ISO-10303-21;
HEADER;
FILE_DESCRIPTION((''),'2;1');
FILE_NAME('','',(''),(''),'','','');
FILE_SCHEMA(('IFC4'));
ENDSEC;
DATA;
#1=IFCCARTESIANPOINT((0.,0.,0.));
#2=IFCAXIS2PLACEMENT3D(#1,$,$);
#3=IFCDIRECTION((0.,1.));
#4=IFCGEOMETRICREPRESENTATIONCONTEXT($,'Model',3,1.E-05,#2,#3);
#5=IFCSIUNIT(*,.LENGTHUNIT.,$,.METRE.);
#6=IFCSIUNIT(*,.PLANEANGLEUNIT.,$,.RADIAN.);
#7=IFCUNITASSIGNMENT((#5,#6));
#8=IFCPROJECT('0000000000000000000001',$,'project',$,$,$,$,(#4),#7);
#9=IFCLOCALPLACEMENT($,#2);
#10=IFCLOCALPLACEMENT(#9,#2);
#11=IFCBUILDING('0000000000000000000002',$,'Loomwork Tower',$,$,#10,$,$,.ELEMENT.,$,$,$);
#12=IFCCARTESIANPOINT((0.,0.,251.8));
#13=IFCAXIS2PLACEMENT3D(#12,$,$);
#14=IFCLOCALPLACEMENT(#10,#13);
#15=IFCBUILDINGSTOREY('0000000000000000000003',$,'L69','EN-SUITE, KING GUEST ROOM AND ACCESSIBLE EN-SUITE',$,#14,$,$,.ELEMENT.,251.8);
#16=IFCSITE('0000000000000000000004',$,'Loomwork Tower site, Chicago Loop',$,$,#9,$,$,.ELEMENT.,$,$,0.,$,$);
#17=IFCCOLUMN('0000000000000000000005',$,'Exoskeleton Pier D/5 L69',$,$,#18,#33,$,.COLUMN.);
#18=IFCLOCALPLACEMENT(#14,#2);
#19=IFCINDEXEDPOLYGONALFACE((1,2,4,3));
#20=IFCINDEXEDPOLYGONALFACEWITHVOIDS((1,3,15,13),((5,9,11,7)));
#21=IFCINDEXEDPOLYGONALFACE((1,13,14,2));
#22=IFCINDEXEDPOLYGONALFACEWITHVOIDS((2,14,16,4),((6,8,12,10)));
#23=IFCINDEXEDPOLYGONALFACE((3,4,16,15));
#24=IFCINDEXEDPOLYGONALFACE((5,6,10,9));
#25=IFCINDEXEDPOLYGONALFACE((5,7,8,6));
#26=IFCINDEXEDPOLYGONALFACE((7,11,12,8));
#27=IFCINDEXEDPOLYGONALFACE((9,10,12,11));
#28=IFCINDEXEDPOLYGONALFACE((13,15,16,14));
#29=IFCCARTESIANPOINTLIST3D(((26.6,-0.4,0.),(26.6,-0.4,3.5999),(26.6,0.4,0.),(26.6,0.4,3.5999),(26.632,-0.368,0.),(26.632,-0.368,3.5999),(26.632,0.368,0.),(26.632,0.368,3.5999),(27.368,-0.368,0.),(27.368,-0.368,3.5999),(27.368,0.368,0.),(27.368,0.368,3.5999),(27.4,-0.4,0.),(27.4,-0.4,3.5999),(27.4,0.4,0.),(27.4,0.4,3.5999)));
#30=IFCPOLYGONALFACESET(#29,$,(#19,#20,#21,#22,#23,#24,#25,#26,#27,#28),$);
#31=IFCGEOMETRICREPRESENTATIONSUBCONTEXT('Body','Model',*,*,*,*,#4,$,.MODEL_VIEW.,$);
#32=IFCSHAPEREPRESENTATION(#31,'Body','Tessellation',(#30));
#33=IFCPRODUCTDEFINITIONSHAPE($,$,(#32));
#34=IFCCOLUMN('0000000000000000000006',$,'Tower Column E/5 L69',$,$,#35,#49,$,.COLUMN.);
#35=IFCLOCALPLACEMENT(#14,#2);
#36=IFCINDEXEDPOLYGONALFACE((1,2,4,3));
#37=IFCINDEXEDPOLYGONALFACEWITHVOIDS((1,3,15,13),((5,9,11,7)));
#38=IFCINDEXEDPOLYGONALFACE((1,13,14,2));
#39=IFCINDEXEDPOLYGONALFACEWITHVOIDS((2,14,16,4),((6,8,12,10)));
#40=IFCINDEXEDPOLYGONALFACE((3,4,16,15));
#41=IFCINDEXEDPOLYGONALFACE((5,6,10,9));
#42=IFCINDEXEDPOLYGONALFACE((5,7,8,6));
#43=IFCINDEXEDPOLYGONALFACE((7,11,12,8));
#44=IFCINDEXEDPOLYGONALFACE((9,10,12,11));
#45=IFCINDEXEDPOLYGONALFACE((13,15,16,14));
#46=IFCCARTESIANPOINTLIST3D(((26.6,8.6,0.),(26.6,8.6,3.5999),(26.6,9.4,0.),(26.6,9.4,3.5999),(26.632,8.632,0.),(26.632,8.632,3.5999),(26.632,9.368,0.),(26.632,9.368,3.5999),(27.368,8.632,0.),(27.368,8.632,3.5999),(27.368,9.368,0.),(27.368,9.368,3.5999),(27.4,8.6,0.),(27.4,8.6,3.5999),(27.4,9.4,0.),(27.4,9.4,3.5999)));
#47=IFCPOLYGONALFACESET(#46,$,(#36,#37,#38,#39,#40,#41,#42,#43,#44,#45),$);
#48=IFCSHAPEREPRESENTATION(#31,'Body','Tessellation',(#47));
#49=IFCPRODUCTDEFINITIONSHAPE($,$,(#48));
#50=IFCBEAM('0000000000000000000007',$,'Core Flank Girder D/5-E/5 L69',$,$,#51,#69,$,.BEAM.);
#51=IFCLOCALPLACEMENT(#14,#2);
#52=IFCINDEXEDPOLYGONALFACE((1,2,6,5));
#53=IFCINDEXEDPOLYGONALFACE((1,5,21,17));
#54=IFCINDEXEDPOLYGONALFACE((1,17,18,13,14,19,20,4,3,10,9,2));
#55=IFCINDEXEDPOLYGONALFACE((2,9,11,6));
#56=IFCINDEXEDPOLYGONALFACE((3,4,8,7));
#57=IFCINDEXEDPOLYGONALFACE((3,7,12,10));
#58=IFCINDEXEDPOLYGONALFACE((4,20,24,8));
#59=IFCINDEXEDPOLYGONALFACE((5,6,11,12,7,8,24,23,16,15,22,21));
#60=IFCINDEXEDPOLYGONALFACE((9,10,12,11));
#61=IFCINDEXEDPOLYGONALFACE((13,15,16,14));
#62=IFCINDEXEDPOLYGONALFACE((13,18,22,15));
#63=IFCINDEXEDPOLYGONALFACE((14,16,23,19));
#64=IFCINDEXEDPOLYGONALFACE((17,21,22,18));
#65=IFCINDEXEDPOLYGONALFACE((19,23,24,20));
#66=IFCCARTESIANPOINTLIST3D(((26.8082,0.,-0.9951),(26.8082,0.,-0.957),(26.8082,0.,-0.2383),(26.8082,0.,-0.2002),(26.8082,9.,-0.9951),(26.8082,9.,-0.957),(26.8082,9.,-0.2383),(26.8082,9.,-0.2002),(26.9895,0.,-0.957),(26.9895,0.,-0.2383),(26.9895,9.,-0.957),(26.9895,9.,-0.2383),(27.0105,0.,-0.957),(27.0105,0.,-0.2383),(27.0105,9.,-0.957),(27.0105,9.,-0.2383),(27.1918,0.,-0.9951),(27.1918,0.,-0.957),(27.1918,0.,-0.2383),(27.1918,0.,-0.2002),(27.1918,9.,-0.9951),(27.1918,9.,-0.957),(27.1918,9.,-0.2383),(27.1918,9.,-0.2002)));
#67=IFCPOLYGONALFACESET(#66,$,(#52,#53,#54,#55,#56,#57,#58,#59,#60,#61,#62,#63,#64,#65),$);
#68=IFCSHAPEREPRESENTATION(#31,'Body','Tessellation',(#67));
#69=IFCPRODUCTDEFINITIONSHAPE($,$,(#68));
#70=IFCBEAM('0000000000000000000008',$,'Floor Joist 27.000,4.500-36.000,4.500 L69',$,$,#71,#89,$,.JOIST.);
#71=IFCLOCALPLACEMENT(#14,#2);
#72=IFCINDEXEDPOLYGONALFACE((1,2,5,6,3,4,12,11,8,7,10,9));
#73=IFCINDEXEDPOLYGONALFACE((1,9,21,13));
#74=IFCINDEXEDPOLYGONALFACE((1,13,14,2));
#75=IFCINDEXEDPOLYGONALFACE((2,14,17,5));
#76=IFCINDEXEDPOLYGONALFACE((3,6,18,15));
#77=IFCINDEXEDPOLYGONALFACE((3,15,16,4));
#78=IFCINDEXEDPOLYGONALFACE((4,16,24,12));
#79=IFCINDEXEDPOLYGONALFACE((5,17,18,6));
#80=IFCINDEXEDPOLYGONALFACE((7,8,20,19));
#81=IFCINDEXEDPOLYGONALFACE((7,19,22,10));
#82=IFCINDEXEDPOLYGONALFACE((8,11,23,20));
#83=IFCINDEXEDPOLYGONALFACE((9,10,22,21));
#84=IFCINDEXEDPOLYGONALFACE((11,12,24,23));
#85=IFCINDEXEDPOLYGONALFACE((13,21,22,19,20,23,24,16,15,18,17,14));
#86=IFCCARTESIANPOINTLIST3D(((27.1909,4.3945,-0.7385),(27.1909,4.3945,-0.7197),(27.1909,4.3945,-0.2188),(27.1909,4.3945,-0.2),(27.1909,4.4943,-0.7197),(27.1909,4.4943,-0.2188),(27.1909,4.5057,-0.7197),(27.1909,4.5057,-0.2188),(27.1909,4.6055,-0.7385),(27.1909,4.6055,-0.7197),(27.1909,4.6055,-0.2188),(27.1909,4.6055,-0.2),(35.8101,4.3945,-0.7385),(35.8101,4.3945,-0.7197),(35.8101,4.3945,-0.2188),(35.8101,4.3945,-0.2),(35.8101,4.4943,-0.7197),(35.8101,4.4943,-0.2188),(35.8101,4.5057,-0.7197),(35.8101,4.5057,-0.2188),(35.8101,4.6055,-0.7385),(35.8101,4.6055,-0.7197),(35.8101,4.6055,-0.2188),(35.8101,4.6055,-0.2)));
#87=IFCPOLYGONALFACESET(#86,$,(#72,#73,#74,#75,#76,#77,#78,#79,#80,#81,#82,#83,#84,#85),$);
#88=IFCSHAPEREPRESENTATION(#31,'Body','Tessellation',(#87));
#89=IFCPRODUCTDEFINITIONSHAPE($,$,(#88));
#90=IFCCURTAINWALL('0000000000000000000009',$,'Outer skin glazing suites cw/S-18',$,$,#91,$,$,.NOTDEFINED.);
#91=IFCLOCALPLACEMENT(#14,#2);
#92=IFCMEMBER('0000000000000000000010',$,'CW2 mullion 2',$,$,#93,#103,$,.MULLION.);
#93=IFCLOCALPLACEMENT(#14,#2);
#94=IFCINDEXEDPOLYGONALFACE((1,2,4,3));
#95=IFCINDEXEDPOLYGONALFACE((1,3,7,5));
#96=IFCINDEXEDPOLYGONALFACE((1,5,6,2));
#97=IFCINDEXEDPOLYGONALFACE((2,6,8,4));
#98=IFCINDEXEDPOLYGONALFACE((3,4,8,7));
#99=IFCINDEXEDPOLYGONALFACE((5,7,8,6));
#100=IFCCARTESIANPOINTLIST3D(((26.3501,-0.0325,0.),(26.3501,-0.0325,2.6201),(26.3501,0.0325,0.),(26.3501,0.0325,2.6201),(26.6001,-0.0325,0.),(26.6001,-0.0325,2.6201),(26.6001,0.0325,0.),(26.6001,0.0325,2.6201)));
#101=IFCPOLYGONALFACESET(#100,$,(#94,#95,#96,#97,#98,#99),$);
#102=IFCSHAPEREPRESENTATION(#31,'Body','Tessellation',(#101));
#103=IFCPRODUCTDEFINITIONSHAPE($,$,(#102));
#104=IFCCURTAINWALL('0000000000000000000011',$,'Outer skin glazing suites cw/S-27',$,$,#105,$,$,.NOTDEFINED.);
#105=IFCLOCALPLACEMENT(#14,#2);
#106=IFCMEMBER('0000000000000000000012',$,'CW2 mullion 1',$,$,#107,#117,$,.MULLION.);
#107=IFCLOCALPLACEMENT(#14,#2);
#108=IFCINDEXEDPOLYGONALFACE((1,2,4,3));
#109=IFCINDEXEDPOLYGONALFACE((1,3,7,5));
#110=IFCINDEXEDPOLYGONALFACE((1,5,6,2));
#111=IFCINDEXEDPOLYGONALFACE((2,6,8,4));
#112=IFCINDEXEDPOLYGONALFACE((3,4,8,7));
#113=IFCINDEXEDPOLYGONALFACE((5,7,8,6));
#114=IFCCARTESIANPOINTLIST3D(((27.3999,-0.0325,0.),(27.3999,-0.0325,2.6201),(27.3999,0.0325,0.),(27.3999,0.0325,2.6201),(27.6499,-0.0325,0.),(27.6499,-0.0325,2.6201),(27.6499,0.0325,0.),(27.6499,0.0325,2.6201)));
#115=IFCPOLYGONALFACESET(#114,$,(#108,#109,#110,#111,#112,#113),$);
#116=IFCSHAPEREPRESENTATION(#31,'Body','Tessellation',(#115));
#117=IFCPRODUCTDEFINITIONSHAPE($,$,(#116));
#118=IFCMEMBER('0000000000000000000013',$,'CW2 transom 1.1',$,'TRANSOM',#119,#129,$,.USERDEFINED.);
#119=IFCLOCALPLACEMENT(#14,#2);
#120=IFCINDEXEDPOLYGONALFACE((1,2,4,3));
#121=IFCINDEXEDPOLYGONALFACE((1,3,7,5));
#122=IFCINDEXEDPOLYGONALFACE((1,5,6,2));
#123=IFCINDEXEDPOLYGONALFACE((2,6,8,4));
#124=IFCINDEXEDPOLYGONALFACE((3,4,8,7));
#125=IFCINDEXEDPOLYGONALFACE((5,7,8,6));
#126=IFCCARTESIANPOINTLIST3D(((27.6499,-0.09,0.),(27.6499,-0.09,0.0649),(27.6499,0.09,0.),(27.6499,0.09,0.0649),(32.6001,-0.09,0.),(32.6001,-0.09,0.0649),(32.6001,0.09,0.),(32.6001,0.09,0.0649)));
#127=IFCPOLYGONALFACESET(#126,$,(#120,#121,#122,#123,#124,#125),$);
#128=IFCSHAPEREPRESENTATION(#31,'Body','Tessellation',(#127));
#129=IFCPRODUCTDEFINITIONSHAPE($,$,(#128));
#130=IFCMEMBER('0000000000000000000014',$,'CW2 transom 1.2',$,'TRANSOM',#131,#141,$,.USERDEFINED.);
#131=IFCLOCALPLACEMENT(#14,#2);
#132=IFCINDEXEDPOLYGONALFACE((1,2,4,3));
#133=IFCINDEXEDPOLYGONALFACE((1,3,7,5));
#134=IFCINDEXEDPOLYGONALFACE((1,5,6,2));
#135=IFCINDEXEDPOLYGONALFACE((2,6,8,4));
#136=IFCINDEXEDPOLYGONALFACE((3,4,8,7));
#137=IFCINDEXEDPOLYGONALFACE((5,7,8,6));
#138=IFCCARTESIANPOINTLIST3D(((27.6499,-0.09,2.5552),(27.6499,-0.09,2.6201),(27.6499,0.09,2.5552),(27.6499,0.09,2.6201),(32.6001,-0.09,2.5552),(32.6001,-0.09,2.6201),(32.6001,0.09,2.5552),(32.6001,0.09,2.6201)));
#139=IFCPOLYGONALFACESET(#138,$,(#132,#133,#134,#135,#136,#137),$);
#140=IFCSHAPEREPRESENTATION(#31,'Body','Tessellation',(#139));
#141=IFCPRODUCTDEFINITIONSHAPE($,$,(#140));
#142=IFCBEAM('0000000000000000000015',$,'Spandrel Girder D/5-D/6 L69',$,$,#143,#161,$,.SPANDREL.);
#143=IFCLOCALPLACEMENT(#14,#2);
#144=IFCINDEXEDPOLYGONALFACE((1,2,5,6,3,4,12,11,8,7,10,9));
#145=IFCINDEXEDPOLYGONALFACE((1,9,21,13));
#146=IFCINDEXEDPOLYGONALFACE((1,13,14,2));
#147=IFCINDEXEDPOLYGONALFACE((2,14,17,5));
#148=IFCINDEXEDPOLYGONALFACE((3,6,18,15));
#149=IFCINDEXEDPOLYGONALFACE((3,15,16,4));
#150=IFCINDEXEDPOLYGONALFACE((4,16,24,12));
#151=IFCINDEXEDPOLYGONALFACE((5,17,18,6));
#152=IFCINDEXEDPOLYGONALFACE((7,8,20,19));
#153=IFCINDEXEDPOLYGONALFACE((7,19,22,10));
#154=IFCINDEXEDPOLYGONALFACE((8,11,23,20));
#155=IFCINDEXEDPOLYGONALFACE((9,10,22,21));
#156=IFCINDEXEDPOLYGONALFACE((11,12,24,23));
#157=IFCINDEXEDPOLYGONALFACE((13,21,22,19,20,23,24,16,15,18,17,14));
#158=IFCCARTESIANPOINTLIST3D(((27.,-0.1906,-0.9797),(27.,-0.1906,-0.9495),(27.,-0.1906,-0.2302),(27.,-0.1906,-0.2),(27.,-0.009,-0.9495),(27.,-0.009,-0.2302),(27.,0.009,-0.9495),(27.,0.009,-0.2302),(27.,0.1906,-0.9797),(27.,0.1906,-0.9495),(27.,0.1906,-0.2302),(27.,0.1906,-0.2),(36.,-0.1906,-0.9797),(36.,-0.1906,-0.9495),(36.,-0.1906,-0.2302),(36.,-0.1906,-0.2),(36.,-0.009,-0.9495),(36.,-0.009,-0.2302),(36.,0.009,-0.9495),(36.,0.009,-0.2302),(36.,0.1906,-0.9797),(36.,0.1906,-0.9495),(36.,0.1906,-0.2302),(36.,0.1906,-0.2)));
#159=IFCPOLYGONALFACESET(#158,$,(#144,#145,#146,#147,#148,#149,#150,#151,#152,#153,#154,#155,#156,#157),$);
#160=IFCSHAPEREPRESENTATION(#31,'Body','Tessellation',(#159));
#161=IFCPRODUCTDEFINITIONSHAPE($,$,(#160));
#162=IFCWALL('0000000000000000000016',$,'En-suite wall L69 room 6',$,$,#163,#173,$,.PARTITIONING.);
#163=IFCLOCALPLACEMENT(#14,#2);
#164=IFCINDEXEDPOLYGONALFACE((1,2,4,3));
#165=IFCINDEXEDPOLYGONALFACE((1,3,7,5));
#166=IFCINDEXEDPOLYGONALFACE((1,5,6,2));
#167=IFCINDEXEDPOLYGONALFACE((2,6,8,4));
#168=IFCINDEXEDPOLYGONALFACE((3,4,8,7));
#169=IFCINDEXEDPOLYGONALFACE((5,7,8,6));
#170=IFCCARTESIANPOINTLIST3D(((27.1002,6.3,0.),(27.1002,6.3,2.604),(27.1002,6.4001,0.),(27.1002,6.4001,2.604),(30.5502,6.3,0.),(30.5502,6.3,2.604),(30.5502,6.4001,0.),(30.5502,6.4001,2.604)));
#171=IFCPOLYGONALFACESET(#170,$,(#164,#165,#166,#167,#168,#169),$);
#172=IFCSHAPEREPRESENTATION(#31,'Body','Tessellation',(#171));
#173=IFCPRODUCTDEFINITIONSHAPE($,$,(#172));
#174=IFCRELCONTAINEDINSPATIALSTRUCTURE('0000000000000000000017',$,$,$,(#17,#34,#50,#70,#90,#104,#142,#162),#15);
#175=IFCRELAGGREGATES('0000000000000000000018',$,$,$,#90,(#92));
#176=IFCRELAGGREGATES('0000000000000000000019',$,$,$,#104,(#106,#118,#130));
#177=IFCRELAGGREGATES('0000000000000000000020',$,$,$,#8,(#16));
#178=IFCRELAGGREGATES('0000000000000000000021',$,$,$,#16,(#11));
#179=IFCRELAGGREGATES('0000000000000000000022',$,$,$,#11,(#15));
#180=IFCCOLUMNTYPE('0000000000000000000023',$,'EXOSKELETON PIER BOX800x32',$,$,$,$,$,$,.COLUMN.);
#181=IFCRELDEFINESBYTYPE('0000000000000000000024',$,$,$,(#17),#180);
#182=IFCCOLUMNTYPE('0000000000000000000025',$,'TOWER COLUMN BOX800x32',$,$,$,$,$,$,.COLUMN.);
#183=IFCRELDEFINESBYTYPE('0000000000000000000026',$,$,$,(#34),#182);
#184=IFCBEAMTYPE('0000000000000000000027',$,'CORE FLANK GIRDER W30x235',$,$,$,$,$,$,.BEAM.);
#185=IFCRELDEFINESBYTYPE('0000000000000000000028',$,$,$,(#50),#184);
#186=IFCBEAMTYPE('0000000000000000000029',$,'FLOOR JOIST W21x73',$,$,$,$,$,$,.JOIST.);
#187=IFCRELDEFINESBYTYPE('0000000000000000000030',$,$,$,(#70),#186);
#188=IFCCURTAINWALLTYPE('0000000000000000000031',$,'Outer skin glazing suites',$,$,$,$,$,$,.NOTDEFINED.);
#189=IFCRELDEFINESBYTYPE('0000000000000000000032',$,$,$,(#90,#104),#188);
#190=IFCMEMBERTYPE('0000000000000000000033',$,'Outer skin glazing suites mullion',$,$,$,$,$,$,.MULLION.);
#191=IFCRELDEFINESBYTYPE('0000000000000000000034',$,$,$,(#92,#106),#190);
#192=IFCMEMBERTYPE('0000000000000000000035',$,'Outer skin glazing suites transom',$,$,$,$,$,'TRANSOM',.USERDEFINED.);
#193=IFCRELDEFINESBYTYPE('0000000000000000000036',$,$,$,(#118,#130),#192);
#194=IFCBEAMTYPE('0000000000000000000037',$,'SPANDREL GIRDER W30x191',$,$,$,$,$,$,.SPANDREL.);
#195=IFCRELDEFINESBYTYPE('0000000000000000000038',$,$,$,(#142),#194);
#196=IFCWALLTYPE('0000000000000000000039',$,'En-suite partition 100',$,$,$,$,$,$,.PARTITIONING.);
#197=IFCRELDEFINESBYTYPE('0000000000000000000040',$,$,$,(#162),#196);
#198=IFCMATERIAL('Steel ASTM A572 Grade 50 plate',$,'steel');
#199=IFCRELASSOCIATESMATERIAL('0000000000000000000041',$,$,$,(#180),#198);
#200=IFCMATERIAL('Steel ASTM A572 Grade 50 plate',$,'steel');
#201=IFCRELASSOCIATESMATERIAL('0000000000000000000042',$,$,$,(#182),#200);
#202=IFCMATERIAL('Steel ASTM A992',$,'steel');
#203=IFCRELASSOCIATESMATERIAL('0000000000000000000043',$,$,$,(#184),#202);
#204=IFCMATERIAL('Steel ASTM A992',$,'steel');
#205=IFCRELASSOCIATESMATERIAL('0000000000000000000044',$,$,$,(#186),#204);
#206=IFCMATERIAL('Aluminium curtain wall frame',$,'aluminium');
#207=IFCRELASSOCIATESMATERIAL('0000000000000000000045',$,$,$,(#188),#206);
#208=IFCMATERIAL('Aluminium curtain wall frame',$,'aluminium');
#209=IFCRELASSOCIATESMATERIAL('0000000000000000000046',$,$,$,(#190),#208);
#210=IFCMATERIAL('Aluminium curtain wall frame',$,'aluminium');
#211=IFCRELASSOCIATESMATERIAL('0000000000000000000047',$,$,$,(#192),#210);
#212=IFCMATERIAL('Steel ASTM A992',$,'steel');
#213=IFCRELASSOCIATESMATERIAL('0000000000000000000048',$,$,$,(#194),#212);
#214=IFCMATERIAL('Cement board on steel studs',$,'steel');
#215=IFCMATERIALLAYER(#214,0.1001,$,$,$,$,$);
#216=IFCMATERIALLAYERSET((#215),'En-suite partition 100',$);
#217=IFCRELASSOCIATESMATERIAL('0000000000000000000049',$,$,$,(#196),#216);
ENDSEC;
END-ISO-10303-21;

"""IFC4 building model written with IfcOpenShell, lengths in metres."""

from ifc_helpers import new_model, si_unit, direction, frame, frame_2d, origin, origin_2d, place, context, subcontext, project, spatial, rectangle, hollow_rectangle, i_section, extrude, material, layer, layer_set, material_profile, profile_set, type_object, element, aggregate, save


model = new_model("IFC4")

# Units and contexts
model_context = context("Model", 3, precision=1e-05, world=origin(), true_north=direction((0.0, 1.0)))
body_context = subcontext(model_context, "Body", "Model", "MODEL_VIEW")
ifc_project = project(units=[si_unit("LENGTHUNIT", "METRE"), si_unit("PLANEANGLEUNIT", "RADIAN")], contexts=[model_context])

# Site, building, storey
site_placement = place(None, origin())
site = spatial("IfcSite", under=ifc_project, at=site_placement, Name="Loomwork Tower site, Chicago Loop", CompositionType="ELEMENT", RefElevation=0.0)
building_placement = place(site_placement, origin())
building = spatial("IfcBuilding", under=site, at=building_placement, Name="Loomwork Tower", CompositionType="ELEMENT")
storey_placement = place(building_placement, frame((0.0, 0.0, 251.8)))
storey = spatial("IfcBuildingStorey", under=building, at=storey_placement, Name="L69", Description="EN-SUITE, KING GUEST ROOM AND ACCESSIBLE EN-SUITE", CompositionType="ELEMENT", Elevation=251.8)

# Columns
ifc_material_1 = material(Name="Steel ASTM A572 Grade 50 plate", Category="steel")
ifc_material_profile_1 = material_profile(ifc_material_1, hollow_rectangle(XDim=0.8, YDim=0.8, WallThickness=0.032, at=origin_2d()), Name="BOX800x32")
ifc_profile_set_1 = profile_set([ifc_material_profile_1], Name="Steel ASTM A572 Grade 50 plate")
column_type_1 = type_object("IfcColumnType", Name="EXOSKELETON PIER BOX800x32", PredefinedType="COLUMN", material=ifc_profile_set_1)
column_1_placement = place(storey_placement, frame((27.0, 0.0, 0.0), z_axis=(0.0, 0.0, 1.0), x_axis=(1.0, 0.0, 0.0)))
element("IfcColumn", 1, at=column_1_placement, inside=storey, type_object=column_type_1, Name="Exoskeleton Pier D/5 L69", PredefinedType="COLUMN", context=body_context, shape_type="SweptSolid", body=[
    extrude(hollow_rectangle(XDim=0.8, YDim=0.8, WallThickness=0.032, at=origin_2d()), origin(), (0.0, 0.0, 1.0), 3.5999),
])
ifc_material_2 = material(Name="Steel ASTM A572 Grade 50 plate", Category="steel")
ifc_material_profile_2 = material_profile(ifc_material_2, hollow_rectangle(XDim=0.8, YDim=0.8, WallThickness=0.032, at=origin_2d()), Name="BOX800x32")
ifc_profile_set_2 = profile_set([ifc_material_profile_2], Name="Steel ASTM A572 Grade 50 plate")
column_type_2 = type_object("IfcColumnType", Name="TOWER COLUMN BOX800x32", PredefinedType="COLUMN", material=ifc_profile_set_2)
column_2_placement = place(storey_placement, frame((27.0, 9.0, 0.0), z_axis=(0.0, 0.0, 1.0), x_axis=(1.0, 0.0, 0.0)))
element("IfcColumn", 2, at=column_2_placement, inside=storey, type_object=column_type_2, Name="Tower Column E/5 L69", PredefinedType="COLUMN", context=body_context, shape_type="SweptSolid", body=[
    extrude(hollow_rectangle(XDim=0.8, YDim=0.8, WallThickness=0.032, at=origin_2d()), origin(), (0.0, 0.0, 1.0), 3.5999),
])

# Beams
ifc_material_3 = material(Name="Steel ASTM A992", Category="steel")
ifc_material_profile_3 = material_profile(ifc_material_3, i_section(OverallWidth=0.3835, OverallDepth=0.7949, WebThickness=0.021, FlangeThickness=0.0381, at=origin_2d()), Name="W30x235")
ifc_profile_set_3 = profile_set([ifc_material_profile_3], Name="Steel ASTM A992")
beam_type_1 = type_object("IfcBeamType", Name="CORE FLANK GIRDER W30x235", PredefinedType="BEAM", material=ifc_profile_set_3)
beam_1_placement = place(storey_placement, frame((27.0, 0.0, -0.5977), z_axis=(0.0, 1.0, 0.0), x_axis=(-1.0, 0.0, 0.0)))
element("IfcBeam", 3, at=beam_1_placement, inside=storey, type_object=beam_type_1, Name="Core Flank Girder D/5-E/5 L69", PredefinedType="BEAM", context=body_context, shape_type="SweptSolid", body=[
    extrude(i_section(OverallWidth=0.3835, OverallDepth=0.7949, WebThickness=0.021, FlangeThickness=0.0381, at=origin_2d()), origin(), (0.0, 0.0, 1.0), 9.0),
])
ifc_material_4 = material(Name="Steel ASTM A992", Category="steel")
ifc_material_profile_4 = material_profile(ifc_material_4, i_section(OverallWidth=0.2109, OverallDepth=0.5386, WebThickness=0.0115, FlangeThickness=0.0188, at=origin_2d()), Name="W21x73")
ifc_profile_set_4 = profile_set([ifc_material_profile_4], Name="Steel ASTM A992")
beam_type_2 = type_object("IfcBeamType", Name="FLOOR JOIST W21x73", PredefinedType="JOIST", material=ifc_profile_set_4)
beam_2_placement = place(storey_placement, frame((27.1909, 4.5, -0.4692), z_axis=(1.0, 0.0, 0.0), x_axis=(0.0, 1.0, 0.0)))
element("IfcBeam", 4, at=beam_2_placement, inside=storey, type_object=beam_type_2, Name="Floor Joist 27.000,4.500-36.000,4.500 L69", PredefinedType="JOIST", context=body_context, shape_type="SweptSolid", body=[
    extrude(i_section(OverallWidth=0.2109, OverallDepth=0.5386, WebThickness=0.0115, FlangeThickness=0.0188, at=origin_2d()), origin(), (0.0, 0.0, 1.0), 8.6191),
])

# Curtain wall, member
ifc_material_5 = material(Name="Aluminium curtain wall frame", Category="aluminium")
curtain_wall_type = type_object("IfcCurtainWallType", Name="Outer skin glazing suites", PredefinedType="NOTDEFINED", material=ifc_material_5)
curtain_wall_1_placement = place(storey_placement, origin())
curtain_wall_1 = element("IfcCurtainWall", 5, at=curtain_wall_1_placement, inside=storey, type_object=curtain_wall_type, Name="Outer skin glazing suites cw/S-18", PredefinedType="NOTDEFINED")
ifc_material_6 = material(Name="Aluminium curtain wall frame", Category="aluminium")
ifc_material_profile_5 = material_profile(ifc_material_6, rectangle(XDim=0.0649, YDim=0.25, at=origin_2d()), Name="AL 65x250")
ifc_profile_set_5 = profile_set([ifc_material_profile_5], Name="Aluminium curtain wall frame")
member_type_1 = type_object("IfcMemberType", Name="Outer skin glazing suites mullion", PredefinedType="MULLION", material=ifc_profile_set_5)
member_1_placement = place(storey_placement, frame((26.4751, 0.0, 0.0), z_axis=(0.0, 0.0, 1.0), x_axis=(0.0, 1.0, 0.0)))
member_1 = element("IfcMember", 6, at=member_1_placement, type_object=member_type_1, Name="CW2 mullion 2", PredefinedType="MULLION", context=body_context, shape_type="SweptSolid", body=[
    extrude(rectangle(XDim=0.0649, YDim=0.25, at=origin_2d()), origin(), (0.0, 0.0, 1.0), 2.6201),
])
aggregate(curtain_wall_1, [member_1])

# Curtain wall, members
curtain_wall_2_placement = place(storey_placement, origin())
curtain_wall_2 = element("IfcCurtainWall", 7, at=curtain_wall_2_placement, inside=storey, type_object=curtain_wall_type, Name="Outer skin glazing suites cw/S-27", PredefinedType="NOTDEFINED")
member_2_placement = place(storey_placement, frame((27.5249, 0.0, 0.0), z_axis=(0.0, 0.0, 1.0), x_axis=(0.0, 1.0, 0.0)))
member_2 = element("IfcMember", 8, at=member_2_placement, type_object=member_type_1, Name="CW2 mullion 1", PredefinedType="MULLION", context=body_context, shape_type="SweptSolid", body=[
    extrude(rectangle(XDim=0.0649, YDim=0.25, at=origin_2d()), origin(), (0.0, 0.0, 1.0), 2.6201),
])
ifc_material_7 = material(Name="Aluminium curtain wall frame", Category="aluminium")
ifc_material_profile_6 = material_profile(ifc_material_7, rectangle(XDim=0.1799, YDim=0.0649, at=origin_2d()), Name="AL 65x180")
ifc_profile_set_6 = profile_set([ifc_material_profile_6], Name="Aluminium curtain wall frame")
member_type_2 = type_object("IfcMemberType", Name="Outer skin glazing suites transom", ElementType="TRANSOM", PredefinedType="USERDEFINED", material=ifc_profile_set_6)
member_3_placement = place(storey_placement, frame((27.6499, 0.0, 0.0325), z_axis=(1.0, 0.0, 0.0), x_axis=(0.0, 1.0, 0.0)))
member_3 = element("IfcMember", 9, at=member_3_placement, type_object=member_type_2, Name="CW2 transom 1.1", ObjectType="TRANSOM", PredefinedType="USERDEFINED", context=body_context, shape_type="SweptSolid", body=[
    extrude(rectangle(XDim=0.1799, YDim=0.0649, at=origin_2d()), origin(), (0.0, 0.0, 1.0), 4.9502),
])
member_4_placement = place(storey_placement, frame((27.6499, 0.0, 2.5876), z_axis=(1.0, 0.0, 0.0), x_axis=(0.0, 1.0, 0.0)))
member_4 = element("IfcMember", 10, at=member_4_placement, type_object=member_type_2, Name="CW2 transom 1.2", ObjectType="TRANSOM", PredefinedType="USERDEFINED", context=body_context, shape_type="SweptSolid", body=[
    extrude(rectangle(XDim=0.1799, YDim=0.0649, at=origin_2d()), origin(), (0.0, 0.0, 1.0), 4.9502),
])
aggregate(curtain_wall_2, [member_2, member_3, member_4])

# Beam
ifc_material_8 = material(Name="Steel ASTM A992", Category="steel")
ifc_material_profile_7 = material_profile(ifc_material_8, i_section(OverallWidth=0.3811, OverallDepth=0.7798, WebThickness=0.0181, FlangeThickness=0.0303, at=origin_2d()), Name="W30x191")
ifc_profile_set_7 = profile_set([ifc_material_profile_7], Name="Steel ASTM A992")
beam_type_3 = type_object("IfcBeamType", Name="SPANDREL GIRDER W30x191", PredefinedType="SPANDREL", material=ifc_profile_set_7)
beam_3_placement = place(storey_placement, frame((27.0, 0.0, -0.5898), z_axis=(1.0, 0.0, 0.0), x_axis=(0.0, 1.0, 0.0)))
element("IfcBeam", 11, at=beam_3_placement, inside=storey, type_object=beam_type_3, Name="Spandrel Girder D/5-D/6 L69", PredefinedType="SPANDREL", context=body_context, shape_type="SweptSolid", body=[
    extrude(i_section(OverallWidth=0.3811, OverallDepth=0.7798, WebThickness=0.0181, FlangeThickness=0.0303, at=origin_2d()), origin(), (0.0, 0.0, 1.0), 9.0),
])

# Wall
ifc_material_9 = material(Name="Cement board on steel studs", Category="steel")
ifc_layer_1 = layer(ifc_material_9, 0.1001)
ifc_layer_set_1 = layer_set([ifc_layer_1], Name="En-suite partition 100")
wall_type_1 = type_object("IfcWallType", Name="En-suite partition 100", PredefinedType="PARTITIONING", material=ifc_layer_set_1)
wall_1_placement = place(storey_placement, frame((27.1001, 6.3501, 0.0), z_axis=(0.0, 0.0, 1.0), x_axis=(1.0, 0.0, 0.0)))
element("IfcWall", 12, at=wall_1_placement, inside=storey, type_object=wall_type_1, Name="En-suite wall L69 room 6", PredefinedType="PARTITIONING", context=body_context, shape_type="SweptSolid", body=[
    extrude(rectangle(XDim=3.45, YDim=0.1001, at=frame_2d((1.7251, 0.0))), origin(), (0.0, 0.0, 1.0), 2.604),
])

save(model, "model.ifc")
